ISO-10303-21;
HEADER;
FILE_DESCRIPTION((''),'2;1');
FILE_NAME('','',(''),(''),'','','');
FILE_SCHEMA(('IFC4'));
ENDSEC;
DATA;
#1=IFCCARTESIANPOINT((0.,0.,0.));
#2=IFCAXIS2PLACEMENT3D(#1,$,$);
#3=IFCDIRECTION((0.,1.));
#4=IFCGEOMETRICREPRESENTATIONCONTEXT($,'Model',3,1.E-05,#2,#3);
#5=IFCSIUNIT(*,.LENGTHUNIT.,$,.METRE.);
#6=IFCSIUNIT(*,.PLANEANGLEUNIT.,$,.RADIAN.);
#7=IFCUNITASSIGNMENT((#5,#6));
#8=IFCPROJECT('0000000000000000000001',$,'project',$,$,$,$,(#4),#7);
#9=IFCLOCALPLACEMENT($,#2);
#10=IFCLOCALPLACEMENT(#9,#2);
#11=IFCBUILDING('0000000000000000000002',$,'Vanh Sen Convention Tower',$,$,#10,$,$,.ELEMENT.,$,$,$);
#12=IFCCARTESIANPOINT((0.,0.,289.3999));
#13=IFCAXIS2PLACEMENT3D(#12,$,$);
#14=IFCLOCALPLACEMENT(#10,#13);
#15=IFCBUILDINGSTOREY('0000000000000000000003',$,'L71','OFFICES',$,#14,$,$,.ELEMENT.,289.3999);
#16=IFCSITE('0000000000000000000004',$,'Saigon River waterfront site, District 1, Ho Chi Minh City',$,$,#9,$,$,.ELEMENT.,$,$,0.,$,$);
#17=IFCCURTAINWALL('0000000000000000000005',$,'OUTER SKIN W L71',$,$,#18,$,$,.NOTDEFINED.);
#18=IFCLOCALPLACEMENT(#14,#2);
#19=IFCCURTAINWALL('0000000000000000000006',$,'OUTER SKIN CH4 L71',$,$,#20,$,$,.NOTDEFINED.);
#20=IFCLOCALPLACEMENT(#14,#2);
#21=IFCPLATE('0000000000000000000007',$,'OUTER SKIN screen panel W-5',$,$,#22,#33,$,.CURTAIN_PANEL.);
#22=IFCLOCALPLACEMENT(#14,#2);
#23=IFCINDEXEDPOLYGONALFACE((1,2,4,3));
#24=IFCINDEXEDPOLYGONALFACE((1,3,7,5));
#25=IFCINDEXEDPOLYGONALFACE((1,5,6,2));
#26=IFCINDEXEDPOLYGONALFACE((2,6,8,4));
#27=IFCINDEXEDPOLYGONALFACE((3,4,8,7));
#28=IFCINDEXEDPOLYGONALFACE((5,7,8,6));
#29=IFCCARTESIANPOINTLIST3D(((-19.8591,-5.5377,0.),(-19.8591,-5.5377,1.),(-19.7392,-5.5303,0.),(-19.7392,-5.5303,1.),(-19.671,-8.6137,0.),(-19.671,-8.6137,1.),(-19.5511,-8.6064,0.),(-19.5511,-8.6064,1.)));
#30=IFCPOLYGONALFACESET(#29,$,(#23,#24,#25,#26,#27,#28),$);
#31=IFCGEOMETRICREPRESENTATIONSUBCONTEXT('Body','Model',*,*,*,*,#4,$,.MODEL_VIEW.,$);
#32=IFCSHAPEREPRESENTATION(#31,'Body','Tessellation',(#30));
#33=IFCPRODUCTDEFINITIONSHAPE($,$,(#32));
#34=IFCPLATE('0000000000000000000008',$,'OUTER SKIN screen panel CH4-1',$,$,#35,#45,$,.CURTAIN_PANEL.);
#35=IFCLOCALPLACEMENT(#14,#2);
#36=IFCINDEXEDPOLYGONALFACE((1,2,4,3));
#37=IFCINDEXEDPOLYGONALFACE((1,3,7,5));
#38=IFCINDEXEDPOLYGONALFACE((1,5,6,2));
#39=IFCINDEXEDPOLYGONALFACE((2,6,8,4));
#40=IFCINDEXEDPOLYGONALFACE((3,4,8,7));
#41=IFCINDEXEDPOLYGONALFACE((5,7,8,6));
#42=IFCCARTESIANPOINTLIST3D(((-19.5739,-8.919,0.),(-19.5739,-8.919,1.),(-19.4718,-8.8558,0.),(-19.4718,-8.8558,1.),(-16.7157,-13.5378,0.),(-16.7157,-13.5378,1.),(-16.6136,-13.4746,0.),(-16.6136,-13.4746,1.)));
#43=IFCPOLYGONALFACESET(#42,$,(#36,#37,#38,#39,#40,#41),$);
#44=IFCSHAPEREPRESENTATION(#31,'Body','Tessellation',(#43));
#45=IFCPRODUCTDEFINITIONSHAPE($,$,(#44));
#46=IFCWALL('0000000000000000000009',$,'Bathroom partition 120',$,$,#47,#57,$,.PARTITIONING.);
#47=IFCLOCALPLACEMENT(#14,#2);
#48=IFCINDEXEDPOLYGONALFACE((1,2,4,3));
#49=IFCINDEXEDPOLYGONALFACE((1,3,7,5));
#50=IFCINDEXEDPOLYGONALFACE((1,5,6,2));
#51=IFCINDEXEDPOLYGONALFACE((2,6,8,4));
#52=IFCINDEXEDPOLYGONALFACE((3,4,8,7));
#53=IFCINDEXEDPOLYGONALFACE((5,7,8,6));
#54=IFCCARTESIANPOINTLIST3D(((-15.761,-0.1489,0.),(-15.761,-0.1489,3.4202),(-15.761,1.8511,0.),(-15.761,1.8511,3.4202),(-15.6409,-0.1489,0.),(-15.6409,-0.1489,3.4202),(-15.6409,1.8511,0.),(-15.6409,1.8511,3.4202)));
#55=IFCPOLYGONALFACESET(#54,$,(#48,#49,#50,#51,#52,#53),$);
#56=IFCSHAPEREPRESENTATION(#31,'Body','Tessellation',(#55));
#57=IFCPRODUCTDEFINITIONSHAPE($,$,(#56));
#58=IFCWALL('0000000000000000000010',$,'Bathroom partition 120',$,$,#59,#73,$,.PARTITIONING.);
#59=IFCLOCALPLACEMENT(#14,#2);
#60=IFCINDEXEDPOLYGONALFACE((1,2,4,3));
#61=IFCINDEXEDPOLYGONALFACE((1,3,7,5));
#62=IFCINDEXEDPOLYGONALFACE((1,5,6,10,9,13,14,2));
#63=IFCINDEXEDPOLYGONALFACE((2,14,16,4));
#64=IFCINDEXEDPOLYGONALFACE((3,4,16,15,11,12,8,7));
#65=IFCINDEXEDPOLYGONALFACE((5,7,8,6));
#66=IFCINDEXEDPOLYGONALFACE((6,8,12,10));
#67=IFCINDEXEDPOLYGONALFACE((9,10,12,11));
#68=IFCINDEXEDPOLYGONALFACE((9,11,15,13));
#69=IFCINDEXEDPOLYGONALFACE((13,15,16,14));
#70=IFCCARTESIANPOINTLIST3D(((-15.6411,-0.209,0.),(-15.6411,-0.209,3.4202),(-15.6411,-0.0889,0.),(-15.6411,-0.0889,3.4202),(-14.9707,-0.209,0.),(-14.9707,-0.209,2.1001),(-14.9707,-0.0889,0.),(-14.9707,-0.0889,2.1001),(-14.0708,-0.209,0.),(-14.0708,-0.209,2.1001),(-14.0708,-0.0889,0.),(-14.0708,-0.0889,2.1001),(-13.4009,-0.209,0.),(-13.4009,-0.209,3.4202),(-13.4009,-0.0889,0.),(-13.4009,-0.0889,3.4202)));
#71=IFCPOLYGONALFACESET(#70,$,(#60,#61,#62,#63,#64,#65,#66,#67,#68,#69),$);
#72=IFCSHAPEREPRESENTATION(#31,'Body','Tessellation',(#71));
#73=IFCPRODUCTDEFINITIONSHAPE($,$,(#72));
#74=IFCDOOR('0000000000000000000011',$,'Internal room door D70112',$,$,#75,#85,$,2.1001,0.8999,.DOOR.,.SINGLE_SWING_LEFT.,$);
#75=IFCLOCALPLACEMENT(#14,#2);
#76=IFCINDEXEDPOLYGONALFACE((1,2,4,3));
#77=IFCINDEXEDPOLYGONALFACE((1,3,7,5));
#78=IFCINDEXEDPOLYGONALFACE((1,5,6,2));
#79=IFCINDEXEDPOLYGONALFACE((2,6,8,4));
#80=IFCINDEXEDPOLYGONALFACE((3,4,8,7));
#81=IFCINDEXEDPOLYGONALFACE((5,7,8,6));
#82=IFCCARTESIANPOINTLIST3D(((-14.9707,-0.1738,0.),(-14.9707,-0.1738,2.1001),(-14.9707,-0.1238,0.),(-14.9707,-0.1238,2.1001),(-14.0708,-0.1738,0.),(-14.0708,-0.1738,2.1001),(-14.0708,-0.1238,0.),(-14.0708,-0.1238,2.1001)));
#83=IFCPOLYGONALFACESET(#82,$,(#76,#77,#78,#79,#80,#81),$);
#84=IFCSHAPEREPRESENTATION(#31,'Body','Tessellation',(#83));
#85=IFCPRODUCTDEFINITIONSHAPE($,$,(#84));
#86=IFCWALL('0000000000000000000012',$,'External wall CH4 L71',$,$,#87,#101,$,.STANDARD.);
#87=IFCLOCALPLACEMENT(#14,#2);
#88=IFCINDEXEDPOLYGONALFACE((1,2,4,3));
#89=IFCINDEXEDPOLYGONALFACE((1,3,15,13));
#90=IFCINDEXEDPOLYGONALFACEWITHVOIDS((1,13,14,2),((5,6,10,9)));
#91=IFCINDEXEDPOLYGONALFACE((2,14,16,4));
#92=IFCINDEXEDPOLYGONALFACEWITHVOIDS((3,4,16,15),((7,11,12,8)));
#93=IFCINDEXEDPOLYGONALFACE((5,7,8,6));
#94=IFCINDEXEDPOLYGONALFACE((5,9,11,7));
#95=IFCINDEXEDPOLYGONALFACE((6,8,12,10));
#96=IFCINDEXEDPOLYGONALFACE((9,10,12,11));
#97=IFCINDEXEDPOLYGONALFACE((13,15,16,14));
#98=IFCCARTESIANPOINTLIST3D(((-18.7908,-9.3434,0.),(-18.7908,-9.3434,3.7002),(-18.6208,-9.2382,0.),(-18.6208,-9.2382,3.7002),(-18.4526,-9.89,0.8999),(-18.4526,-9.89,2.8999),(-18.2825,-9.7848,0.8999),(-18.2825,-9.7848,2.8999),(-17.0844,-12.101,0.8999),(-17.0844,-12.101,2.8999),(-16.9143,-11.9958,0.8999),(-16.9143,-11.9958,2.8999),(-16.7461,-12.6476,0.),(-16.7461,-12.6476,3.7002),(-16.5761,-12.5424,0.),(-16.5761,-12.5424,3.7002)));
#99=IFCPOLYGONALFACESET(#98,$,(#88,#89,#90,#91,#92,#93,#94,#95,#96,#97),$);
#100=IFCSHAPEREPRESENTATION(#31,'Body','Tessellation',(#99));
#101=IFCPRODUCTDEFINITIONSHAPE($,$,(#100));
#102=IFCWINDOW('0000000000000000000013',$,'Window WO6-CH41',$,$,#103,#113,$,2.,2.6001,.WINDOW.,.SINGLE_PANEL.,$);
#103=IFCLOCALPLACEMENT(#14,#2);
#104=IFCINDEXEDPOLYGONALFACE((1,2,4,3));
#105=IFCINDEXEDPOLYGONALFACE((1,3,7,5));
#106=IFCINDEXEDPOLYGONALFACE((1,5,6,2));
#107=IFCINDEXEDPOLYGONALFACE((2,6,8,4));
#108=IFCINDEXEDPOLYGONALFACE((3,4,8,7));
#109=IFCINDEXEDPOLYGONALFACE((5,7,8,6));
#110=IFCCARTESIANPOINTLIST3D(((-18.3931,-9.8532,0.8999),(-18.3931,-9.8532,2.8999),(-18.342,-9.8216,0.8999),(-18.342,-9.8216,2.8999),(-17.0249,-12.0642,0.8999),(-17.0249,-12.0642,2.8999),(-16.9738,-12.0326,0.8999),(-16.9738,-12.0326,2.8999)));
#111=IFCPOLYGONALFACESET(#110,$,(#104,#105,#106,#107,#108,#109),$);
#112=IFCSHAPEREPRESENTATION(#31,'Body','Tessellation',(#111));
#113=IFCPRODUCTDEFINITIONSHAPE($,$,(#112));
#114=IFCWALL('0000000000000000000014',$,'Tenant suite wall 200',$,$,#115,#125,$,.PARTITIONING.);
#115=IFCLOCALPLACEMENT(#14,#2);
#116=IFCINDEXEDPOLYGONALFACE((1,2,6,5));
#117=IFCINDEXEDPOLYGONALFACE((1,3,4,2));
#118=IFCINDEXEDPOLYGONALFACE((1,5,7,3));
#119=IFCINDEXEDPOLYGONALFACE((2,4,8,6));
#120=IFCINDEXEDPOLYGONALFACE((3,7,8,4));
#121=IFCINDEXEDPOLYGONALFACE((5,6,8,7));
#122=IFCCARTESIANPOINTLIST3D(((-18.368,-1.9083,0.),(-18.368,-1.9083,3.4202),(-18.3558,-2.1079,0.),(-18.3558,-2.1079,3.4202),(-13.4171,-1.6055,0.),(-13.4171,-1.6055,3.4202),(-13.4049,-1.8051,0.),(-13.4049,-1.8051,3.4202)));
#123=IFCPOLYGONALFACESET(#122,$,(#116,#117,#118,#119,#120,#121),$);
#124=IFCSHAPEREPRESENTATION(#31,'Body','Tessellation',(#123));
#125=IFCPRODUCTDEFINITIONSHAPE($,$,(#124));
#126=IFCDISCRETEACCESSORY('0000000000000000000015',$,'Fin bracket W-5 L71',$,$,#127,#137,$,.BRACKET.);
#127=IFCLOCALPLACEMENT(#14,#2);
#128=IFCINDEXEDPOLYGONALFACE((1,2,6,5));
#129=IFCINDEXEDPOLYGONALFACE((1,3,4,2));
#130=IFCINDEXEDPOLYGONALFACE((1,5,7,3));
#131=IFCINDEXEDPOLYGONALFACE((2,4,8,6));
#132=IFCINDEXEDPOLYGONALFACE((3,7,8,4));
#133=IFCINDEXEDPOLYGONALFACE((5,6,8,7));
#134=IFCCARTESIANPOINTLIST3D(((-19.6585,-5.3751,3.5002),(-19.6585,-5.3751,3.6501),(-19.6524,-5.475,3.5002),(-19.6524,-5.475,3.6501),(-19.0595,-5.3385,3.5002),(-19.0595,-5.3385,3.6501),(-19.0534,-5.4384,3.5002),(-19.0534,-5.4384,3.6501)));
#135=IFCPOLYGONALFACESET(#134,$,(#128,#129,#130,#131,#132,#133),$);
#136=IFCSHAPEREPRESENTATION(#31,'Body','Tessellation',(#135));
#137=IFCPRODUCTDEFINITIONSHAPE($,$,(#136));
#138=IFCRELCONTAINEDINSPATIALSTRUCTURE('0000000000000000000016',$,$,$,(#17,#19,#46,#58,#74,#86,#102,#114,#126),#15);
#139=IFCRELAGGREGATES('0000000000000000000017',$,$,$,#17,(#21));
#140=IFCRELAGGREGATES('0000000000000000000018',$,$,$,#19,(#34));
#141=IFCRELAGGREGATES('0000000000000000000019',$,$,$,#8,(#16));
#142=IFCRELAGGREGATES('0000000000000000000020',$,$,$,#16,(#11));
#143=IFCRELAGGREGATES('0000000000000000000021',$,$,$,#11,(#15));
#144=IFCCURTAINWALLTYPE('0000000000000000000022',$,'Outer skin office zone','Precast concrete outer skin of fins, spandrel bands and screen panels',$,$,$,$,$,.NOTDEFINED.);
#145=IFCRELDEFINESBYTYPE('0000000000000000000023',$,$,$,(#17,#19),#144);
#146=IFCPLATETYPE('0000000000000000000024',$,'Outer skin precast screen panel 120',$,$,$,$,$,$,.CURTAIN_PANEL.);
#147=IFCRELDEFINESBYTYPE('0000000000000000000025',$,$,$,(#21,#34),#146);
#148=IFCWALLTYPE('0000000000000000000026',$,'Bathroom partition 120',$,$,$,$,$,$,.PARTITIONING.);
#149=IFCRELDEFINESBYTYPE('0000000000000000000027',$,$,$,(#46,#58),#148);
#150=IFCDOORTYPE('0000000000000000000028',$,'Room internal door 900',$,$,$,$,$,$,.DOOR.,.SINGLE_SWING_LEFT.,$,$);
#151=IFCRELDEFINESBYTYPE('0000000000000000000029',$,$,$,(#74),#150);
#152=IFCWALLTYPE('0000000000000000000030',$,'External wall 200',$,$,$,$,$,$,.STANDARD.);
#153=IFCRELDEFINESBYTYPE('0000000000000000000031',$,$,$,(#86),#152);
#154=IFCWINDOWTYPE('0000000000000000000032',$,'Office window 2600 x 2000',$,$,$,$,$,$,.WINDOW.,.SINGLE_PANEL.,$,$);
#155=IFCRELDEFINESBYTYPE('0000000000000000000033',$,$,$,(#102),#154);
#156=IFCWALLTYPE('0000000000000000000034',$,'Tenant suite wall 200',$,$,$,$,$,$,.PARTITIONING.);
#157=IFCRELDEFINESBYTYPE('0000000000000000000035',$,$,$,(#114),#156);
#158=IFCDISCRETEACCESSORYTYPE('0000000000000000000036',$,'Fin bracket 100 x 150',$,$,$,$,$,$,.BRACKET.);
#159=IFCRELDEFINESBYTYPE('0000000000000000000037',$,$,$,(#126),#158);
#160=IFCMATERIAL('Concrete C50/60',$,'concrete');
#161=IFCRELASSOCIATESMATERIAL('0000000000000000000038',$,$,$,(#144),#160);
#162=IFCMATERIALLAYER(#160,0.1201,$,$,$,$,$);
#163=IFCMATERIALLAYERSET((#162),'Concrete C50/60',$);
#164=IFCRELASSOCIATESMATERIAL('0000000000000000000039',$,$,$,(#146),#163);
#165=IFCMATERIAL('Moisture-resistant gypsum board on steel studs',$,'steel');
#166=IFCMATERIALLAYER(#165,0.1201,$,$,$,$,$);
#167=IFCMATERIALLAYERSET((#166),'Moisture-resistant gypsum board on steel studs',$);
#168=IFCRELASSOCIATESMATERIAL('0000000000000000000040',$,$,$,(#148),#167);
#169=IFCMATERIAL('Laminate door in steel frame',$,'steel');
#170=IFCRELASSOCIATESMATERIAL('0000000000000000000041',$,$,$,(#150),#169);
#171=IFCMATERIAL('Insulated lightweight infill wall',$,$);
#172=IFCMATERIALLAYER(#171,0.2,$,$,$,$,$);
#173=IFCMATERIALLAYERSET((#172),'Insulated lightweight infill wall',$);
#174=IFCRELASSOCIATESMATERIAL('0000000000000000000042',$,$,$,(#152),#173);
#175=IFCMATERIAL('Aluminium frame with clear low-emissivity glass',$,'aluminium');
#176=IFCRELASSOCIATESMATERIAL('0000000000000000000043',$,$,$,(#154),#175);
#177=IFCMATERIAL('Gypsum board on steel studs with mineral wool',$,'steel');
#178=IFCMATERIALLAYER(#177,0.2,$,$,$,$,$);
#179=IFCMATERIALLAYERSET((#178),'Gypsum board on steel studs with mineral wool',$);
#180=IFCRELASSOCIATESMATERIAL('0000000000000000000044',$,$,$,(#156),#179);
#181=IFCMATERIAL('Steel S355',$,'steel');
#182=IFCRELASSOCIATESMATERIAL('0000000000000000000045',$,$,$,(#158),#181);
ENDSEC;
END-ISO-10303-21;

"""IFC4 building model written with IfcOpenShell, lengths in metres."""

from ifc_helpers import new_model, si_unit, direction, frame, frame_2d, origin, origin_2d, place, context, subcontext, project, spatial, rectangle, extrude, material, layer, layer_set, type_object, element, fill, aggregate, save


model = new_model("IFC4")

# Units and contexts
model_context = context("Model", 3, precision=1e-05, world=origin(), true_north=direction((0.0, 1.0)))
body_context = subcontext(model_context, "Body", "Model", "MODEL_VIEW")
ifc_project = project(units=[si_unit("LENGTHUNIT", "METRE"), si_unit("PLANEANGLEUNIT", "RADIAN")], contexts=[model_context])

# Site, building, storey
site_placement = place(None, origin())
site = spatial("IfcSite", under=ifc_project, at=site_placement, Name="Saigon River waterfront site, District 1, Ho Chi Minh City", CompositionType="ELEMENT", RefElevation=0.0)
building_placement = place(site_placement, origin())
building = spatial("IfcBuilding", under=site, at=building_placement, Name="Vanh Sen Convention Tower", CompositionType="ELEMENT")
storey_placement = place(building_placement, frame((0.0, 0.0, 289.3999)))
storey = spatial("IfcBuildingStorey", under=building, at=storey_placement, Name="L71", Description="OFFICES", CompositionType="ELEMENT", Elevation=289.3999)

# Curtain wall
ifc_material_1 = material(Name="Concrete C50/60", Category="concrete")
curtain_wall_type = type_object("IfcCurtainWallType", Name="Outer skin office zone", Description="Precast concrete outer skin of fins, spandrel bands and screen panels", PredefinedType="NOTDEFINED", material=ifc_material_1)
curtain_wall_1_placement = place(storey_placement, origin())
curtain_wall_1 = element("IfcCurtainWall", 1, at=curtain_wall_1_placement, inside=storey, type_object=curtain_wall_type, Name="OUTER SKIN W L71", PredefinedType="NOTDEFINED")

# Curtain wall
curtain_wall_2_placement = place(storey_placement, origin())
curtain_wall_2 = element("IfcCurtainWall", 2, at=curtain_wall_2_placement, inside=storey, type_object=curtain_wall_type, Name="OUTER SKIN CH4 L71", PredefinedType="NOTDEFINED")

# Plates
ifc_layer_1 = layer(ifc_material_1, 0.1201)
ifc_layer_set_1 = layer_set([ifc_layer_1], Name="Concrete C50/60")
plate_type = type_object("IfcPlateType", Name="Outer skin precast screen panel 120", PredefinedType="CURTAIN_PANEL", material=ifc_layer_set_1)
plate_1_placement = place(storey_placement, frame((-19.7051, -7.072, 0.0), z_axis=(0.0, 0.0, 1.0), x_axis=(0.06105, -0.998135, 0.0)))
plate_1 = element("IfcPlate", 3, at=plate_1_placement, type_object=plate_type, Name="OUTER SKIN screen panel W-5", PredefinedType="CURTAIN_PANEL", context=body_context, shape_type="SweptSolid", body=[
    extrude(rectangle(XDim=3.0818, YDim=0.1201, at=origin_2d()), origin(), (0.0, 0.0, 1.0), 1.0),
])
aggregate(curtain_wall_1, [plate_1])
plate_2_placement = place(storey_placement, frame((-18.0938, -11.1968, 0.0), z_axis=(0.0, 0.0, 1.0), x_axis=(0.526211, -0.850354, 0.0)))
plate_2 = element("IfcPlate", 4, at=plate_2_placement, type_object=plate_type, Name="OUTER SKIN screen panel CH4-1", PredefinedType="CURTAIN_PANEL", context=body_context, shape_type="SweptSolid", body=[
    extrude(rectangle(XDim=5.4316, YDim=0.1201, at=origin_2d()), origin(), (0.0, 0.0, 1.0), 1.0),
])
aggregate(curtain_wall_2, [plate_2])

# Wall
ifc_material_2 = material(Name="Moisture-resistant gypsum board on steel studs", Category="steel")
ifc_layer_2 = layer(ifc_material_2, 0.1201)
ifc_layer_set_2 = layer_set([ifc_layer_2], Name="Moisture-resistant gypsum board on steel studs")
wall_type_1 = type_object("IfcWallType", Name="Bathroom partition 120", PredefinedType="PARTITIONING", material=ifc_layer_set_2)
wall_1_placement = place(storey_placement, frame((-15.7009, -0.1489, 0.0), z_axis=(0.0, 0.0, 1.0), x_axis=(0.0, 1.0, 0.0)))
element("IfcWall", 5, at=wall_1_placement, inside=storey, type_object=wall_type_1, Name="Bathroom partition 120", PredefinedType="PARTITIONING", context=body_context, shape_type="SweptSolid", body=[
    extrude(rectangle(XDim=2.0, YDim=0.1201, at=frame_2d((1.0, 0.0))), origin(), (0.0, 0.0, 1.0), 3.4202),
])

# Wall, opening, door
wall_2_placement = place(storey_placement, frame((-13.4009, -0.1489, 0.0), z_axis=(0.0, 0.0, 1.0), x_axis=(-1.0, 0.0, 0.0)))
wall_2 = element("IfcWall", 6, at=wall_2_placement, inside=storey, type_object=wall_type_1, Name="Bathroom partition 120", PredefinedType="PARTITIONING", context=body_context, shape_type="SweptSolid", body=[
    extrude(rectangle(XDim=2.2402, YDim=0.1201, at=frame_2d((1.1201, 0.0))), origin(), (0.0, 0.0, 1.0), 3.4202),
])
opening_1_placement = place(wall_2_placement, frame((0.6699, 0.0, 0.0)))
opening_1 = element("IfcOpeningElement", 7, at=opening_1_placement, cuts=wall_2, PredefinedType="OPENING", context=body_context, shape_type="SweptSolid", body=[
    extrude(rectangle(XDim=0.8999, YDim=2.1001, at=frame_2d((0.45, 1.05))), frame((0.0, 0.0701, 0.0), z_axis=(0.0, -1.0, 0.0), x_axis=(1.0, 0.0, 0.0)), (0.0, 0.0, 1.0), 0.1401),
])
ifc_material_3 = material(Name="Laminate door in steel frame", Category="steel")
door_type = type_object("IfcDoorType", Name="Room internal door 900", OperationType="SINGLE_SWING_LEFT", PredefinedType="DOOR", material=ifc_material_3)
door_placement = place(opening_1_placement, origin())
door = element("IfcDoor", 8, at=door_placement, inside=storey, type_object=door_type, Name="Internal room door D70112", OperationType="SINGLE_SWING_LEFT", OverallHeight=2.1001, OverallWidth=0.8999, PredefinedType="DOOR", context=body_context, shape_type="SweptSolid", body=[
    extrude(rectangle(XDim=0.8999, YDim=2.1001, at=frame_2d((0.45, 1.05))), frame((0.0, 0.0249, 0.0), z_axis=(0.0, -1.0, 0.0), x_axis=(1.0, 0.0, 0.0)), (0.0, 0.0, 1.0), 0.05),
])
fill(opening_1, door)

# Wall, opening, window
ifc_material_4 = material(Name="Insulated lightweight infill wall")
ifc_layer_3 = layer(ifc_material_4, 0.2)
ifc_layer_set_3 = layer_set([ifc_layer_3], Name="Insulated lightweight infill wall")
wall_type_2 = type_object("IfcWallType", Name="External wall 200", PredefinedType="STANDARD", material=ifc_layer_set_3)
wall_3_placement = place(storey_placement, frame((-18.7058, -9.2908, 0.0), z_axis=(0.0, 0.0, 1.0), x_axis=(0.52621, -0.850355, 0.0)))
wall_3 = element("IfcWall", 9, at=wall_3_placement, inside=storey, type_object=wall_type_2, Name="External wall CH4 L71", PredefinedType="STANDARD", context=body_context, shape_type="SweptSolid", body=[
    extrude(rectangle(XDim=3.8857, YDim=0.2, at=frame_2d((1.9429, 0.0))), origin(), (0.0, 0.0, 1.0), 3.7002),
])
opening_2_placement = place(wall_3_placement, frame((0.6428, 0.0, 0.8999)))
opening_2 = element("IfcOpeningElement", 10, at=opening_2_placement, cuts=wall_3, PredefinedType="OPENING", context=body_context, shape_type="SweptSolid", body=[
    extrude(rectangle(XDim=2.6001, YDim=2.0, at=frame_2d((1.3, 1.0))), frame((0.0, 0.1099, 0.0), z_axis=(0.0, -1.0, 0.0), x_axis=(1.0, 0.0, 0.0)), (0.0, 0.0, 1.0), 0.22),
])
ifc_material_5 = material(Name="Aluminium frame with clear low-emissivity glass", Category="aluminium")
window_type = type_object("IfcWindowType", Name="Office window 2600 x 2000", PartitioningType="SINGLE_PANEL", PredefinedType="WINDOW", material=ifc_material_5)
window_placement = place(opening_2_placement, origin())
window = element("IfcWindow", 11, at=window_placement, inside=storey, type_object=window_type, Name="Window WO6-CH41", OverallHeight=2.0, OverallWidth=2.6001, PartitioningType="SINGLE_PANEL", PredefinedType="WINDOW", context=body_context, shape_type="SweptSolid", body=[
    extrude(rectangle(XDim=2.6001, YDim=2.0, at=frame_2d((1.3, 1.0))), frame((0.0, 0.03, 0.0), z_axis=(0.0, -1.0, 0.0), x_axis=(1.0, 0.0, 0.0)), (0.0, 0.0, 1.0), 0.0601),
])
fill(opening_2, window)

# Wall
ifc_material_6 = material(Name="Gypsum board on steel studs with mineral wool", Category="steel")
ifc_layer_4 = layer(ifc_material_6, 0.2)
ifc_layer_set_4 = layer_set([ifc_layer_4], Name="Gypsum board on steel studs with mineral wool")
wall_type_3 = type_object("IfcWallType", Name="Tenant suite wall 200", PredefinedType="PARTITIONING", material=ifc_layer_set_4)
wall_4_placement = place(storey_placement, frame((-18.3618, -2.0081, 0.0), z_axis=(0.0, 0.0, 1.0), x_axis=(0.998136, 0.061033, 0.0)))
element("IfcWall", 12, at=wall_4_placement, inside=storey, type_object=wall_type_3, Name="Tenant suite wall 200", PredefinedType="PARTITIONING", context=body_context, shape_type="SweptSolid", body=[
    extrude(rectangle(XDim=4.9602, YDim=0.2, at=frame_2d((2.48, 0.0))), origin(), (0.0, 0.0, 1.0), 3.4202),
])

# Discrete accessory
ifc_material_7 = material(Name="Steel S355", Category="steel")
discrete_accessory_type = type_object("IfcDiscreteAccessoryType", Name="Fin bracket 100 x 150", PredefinedType="BRACKET", material=ifc_material_7)
discrete_accessory_placement = place(storey_placement, frame((-19.356, -5.4067, 3.5002), z_axis=(0.0, 0.0, 1.0), x_axis=(-0.998135, -0.061049, 0.0)))
element("IfcDiscreteAccessory", 13, at=discrete_accessory_placement, inside=storey, type_object=discrete_accessory_type, Name="Fin bracket W-5 L71", PredefinedType="BRACKET", context=body_context, shape_type="SweptSolid", body=[
    extrude(rectangle(XDim=0.6001, YDim=0.1001, at=origin_2d()), origin(), (0.0, 0.0, 1.0), 0.1499),
])

save(model, "model.ifc")
